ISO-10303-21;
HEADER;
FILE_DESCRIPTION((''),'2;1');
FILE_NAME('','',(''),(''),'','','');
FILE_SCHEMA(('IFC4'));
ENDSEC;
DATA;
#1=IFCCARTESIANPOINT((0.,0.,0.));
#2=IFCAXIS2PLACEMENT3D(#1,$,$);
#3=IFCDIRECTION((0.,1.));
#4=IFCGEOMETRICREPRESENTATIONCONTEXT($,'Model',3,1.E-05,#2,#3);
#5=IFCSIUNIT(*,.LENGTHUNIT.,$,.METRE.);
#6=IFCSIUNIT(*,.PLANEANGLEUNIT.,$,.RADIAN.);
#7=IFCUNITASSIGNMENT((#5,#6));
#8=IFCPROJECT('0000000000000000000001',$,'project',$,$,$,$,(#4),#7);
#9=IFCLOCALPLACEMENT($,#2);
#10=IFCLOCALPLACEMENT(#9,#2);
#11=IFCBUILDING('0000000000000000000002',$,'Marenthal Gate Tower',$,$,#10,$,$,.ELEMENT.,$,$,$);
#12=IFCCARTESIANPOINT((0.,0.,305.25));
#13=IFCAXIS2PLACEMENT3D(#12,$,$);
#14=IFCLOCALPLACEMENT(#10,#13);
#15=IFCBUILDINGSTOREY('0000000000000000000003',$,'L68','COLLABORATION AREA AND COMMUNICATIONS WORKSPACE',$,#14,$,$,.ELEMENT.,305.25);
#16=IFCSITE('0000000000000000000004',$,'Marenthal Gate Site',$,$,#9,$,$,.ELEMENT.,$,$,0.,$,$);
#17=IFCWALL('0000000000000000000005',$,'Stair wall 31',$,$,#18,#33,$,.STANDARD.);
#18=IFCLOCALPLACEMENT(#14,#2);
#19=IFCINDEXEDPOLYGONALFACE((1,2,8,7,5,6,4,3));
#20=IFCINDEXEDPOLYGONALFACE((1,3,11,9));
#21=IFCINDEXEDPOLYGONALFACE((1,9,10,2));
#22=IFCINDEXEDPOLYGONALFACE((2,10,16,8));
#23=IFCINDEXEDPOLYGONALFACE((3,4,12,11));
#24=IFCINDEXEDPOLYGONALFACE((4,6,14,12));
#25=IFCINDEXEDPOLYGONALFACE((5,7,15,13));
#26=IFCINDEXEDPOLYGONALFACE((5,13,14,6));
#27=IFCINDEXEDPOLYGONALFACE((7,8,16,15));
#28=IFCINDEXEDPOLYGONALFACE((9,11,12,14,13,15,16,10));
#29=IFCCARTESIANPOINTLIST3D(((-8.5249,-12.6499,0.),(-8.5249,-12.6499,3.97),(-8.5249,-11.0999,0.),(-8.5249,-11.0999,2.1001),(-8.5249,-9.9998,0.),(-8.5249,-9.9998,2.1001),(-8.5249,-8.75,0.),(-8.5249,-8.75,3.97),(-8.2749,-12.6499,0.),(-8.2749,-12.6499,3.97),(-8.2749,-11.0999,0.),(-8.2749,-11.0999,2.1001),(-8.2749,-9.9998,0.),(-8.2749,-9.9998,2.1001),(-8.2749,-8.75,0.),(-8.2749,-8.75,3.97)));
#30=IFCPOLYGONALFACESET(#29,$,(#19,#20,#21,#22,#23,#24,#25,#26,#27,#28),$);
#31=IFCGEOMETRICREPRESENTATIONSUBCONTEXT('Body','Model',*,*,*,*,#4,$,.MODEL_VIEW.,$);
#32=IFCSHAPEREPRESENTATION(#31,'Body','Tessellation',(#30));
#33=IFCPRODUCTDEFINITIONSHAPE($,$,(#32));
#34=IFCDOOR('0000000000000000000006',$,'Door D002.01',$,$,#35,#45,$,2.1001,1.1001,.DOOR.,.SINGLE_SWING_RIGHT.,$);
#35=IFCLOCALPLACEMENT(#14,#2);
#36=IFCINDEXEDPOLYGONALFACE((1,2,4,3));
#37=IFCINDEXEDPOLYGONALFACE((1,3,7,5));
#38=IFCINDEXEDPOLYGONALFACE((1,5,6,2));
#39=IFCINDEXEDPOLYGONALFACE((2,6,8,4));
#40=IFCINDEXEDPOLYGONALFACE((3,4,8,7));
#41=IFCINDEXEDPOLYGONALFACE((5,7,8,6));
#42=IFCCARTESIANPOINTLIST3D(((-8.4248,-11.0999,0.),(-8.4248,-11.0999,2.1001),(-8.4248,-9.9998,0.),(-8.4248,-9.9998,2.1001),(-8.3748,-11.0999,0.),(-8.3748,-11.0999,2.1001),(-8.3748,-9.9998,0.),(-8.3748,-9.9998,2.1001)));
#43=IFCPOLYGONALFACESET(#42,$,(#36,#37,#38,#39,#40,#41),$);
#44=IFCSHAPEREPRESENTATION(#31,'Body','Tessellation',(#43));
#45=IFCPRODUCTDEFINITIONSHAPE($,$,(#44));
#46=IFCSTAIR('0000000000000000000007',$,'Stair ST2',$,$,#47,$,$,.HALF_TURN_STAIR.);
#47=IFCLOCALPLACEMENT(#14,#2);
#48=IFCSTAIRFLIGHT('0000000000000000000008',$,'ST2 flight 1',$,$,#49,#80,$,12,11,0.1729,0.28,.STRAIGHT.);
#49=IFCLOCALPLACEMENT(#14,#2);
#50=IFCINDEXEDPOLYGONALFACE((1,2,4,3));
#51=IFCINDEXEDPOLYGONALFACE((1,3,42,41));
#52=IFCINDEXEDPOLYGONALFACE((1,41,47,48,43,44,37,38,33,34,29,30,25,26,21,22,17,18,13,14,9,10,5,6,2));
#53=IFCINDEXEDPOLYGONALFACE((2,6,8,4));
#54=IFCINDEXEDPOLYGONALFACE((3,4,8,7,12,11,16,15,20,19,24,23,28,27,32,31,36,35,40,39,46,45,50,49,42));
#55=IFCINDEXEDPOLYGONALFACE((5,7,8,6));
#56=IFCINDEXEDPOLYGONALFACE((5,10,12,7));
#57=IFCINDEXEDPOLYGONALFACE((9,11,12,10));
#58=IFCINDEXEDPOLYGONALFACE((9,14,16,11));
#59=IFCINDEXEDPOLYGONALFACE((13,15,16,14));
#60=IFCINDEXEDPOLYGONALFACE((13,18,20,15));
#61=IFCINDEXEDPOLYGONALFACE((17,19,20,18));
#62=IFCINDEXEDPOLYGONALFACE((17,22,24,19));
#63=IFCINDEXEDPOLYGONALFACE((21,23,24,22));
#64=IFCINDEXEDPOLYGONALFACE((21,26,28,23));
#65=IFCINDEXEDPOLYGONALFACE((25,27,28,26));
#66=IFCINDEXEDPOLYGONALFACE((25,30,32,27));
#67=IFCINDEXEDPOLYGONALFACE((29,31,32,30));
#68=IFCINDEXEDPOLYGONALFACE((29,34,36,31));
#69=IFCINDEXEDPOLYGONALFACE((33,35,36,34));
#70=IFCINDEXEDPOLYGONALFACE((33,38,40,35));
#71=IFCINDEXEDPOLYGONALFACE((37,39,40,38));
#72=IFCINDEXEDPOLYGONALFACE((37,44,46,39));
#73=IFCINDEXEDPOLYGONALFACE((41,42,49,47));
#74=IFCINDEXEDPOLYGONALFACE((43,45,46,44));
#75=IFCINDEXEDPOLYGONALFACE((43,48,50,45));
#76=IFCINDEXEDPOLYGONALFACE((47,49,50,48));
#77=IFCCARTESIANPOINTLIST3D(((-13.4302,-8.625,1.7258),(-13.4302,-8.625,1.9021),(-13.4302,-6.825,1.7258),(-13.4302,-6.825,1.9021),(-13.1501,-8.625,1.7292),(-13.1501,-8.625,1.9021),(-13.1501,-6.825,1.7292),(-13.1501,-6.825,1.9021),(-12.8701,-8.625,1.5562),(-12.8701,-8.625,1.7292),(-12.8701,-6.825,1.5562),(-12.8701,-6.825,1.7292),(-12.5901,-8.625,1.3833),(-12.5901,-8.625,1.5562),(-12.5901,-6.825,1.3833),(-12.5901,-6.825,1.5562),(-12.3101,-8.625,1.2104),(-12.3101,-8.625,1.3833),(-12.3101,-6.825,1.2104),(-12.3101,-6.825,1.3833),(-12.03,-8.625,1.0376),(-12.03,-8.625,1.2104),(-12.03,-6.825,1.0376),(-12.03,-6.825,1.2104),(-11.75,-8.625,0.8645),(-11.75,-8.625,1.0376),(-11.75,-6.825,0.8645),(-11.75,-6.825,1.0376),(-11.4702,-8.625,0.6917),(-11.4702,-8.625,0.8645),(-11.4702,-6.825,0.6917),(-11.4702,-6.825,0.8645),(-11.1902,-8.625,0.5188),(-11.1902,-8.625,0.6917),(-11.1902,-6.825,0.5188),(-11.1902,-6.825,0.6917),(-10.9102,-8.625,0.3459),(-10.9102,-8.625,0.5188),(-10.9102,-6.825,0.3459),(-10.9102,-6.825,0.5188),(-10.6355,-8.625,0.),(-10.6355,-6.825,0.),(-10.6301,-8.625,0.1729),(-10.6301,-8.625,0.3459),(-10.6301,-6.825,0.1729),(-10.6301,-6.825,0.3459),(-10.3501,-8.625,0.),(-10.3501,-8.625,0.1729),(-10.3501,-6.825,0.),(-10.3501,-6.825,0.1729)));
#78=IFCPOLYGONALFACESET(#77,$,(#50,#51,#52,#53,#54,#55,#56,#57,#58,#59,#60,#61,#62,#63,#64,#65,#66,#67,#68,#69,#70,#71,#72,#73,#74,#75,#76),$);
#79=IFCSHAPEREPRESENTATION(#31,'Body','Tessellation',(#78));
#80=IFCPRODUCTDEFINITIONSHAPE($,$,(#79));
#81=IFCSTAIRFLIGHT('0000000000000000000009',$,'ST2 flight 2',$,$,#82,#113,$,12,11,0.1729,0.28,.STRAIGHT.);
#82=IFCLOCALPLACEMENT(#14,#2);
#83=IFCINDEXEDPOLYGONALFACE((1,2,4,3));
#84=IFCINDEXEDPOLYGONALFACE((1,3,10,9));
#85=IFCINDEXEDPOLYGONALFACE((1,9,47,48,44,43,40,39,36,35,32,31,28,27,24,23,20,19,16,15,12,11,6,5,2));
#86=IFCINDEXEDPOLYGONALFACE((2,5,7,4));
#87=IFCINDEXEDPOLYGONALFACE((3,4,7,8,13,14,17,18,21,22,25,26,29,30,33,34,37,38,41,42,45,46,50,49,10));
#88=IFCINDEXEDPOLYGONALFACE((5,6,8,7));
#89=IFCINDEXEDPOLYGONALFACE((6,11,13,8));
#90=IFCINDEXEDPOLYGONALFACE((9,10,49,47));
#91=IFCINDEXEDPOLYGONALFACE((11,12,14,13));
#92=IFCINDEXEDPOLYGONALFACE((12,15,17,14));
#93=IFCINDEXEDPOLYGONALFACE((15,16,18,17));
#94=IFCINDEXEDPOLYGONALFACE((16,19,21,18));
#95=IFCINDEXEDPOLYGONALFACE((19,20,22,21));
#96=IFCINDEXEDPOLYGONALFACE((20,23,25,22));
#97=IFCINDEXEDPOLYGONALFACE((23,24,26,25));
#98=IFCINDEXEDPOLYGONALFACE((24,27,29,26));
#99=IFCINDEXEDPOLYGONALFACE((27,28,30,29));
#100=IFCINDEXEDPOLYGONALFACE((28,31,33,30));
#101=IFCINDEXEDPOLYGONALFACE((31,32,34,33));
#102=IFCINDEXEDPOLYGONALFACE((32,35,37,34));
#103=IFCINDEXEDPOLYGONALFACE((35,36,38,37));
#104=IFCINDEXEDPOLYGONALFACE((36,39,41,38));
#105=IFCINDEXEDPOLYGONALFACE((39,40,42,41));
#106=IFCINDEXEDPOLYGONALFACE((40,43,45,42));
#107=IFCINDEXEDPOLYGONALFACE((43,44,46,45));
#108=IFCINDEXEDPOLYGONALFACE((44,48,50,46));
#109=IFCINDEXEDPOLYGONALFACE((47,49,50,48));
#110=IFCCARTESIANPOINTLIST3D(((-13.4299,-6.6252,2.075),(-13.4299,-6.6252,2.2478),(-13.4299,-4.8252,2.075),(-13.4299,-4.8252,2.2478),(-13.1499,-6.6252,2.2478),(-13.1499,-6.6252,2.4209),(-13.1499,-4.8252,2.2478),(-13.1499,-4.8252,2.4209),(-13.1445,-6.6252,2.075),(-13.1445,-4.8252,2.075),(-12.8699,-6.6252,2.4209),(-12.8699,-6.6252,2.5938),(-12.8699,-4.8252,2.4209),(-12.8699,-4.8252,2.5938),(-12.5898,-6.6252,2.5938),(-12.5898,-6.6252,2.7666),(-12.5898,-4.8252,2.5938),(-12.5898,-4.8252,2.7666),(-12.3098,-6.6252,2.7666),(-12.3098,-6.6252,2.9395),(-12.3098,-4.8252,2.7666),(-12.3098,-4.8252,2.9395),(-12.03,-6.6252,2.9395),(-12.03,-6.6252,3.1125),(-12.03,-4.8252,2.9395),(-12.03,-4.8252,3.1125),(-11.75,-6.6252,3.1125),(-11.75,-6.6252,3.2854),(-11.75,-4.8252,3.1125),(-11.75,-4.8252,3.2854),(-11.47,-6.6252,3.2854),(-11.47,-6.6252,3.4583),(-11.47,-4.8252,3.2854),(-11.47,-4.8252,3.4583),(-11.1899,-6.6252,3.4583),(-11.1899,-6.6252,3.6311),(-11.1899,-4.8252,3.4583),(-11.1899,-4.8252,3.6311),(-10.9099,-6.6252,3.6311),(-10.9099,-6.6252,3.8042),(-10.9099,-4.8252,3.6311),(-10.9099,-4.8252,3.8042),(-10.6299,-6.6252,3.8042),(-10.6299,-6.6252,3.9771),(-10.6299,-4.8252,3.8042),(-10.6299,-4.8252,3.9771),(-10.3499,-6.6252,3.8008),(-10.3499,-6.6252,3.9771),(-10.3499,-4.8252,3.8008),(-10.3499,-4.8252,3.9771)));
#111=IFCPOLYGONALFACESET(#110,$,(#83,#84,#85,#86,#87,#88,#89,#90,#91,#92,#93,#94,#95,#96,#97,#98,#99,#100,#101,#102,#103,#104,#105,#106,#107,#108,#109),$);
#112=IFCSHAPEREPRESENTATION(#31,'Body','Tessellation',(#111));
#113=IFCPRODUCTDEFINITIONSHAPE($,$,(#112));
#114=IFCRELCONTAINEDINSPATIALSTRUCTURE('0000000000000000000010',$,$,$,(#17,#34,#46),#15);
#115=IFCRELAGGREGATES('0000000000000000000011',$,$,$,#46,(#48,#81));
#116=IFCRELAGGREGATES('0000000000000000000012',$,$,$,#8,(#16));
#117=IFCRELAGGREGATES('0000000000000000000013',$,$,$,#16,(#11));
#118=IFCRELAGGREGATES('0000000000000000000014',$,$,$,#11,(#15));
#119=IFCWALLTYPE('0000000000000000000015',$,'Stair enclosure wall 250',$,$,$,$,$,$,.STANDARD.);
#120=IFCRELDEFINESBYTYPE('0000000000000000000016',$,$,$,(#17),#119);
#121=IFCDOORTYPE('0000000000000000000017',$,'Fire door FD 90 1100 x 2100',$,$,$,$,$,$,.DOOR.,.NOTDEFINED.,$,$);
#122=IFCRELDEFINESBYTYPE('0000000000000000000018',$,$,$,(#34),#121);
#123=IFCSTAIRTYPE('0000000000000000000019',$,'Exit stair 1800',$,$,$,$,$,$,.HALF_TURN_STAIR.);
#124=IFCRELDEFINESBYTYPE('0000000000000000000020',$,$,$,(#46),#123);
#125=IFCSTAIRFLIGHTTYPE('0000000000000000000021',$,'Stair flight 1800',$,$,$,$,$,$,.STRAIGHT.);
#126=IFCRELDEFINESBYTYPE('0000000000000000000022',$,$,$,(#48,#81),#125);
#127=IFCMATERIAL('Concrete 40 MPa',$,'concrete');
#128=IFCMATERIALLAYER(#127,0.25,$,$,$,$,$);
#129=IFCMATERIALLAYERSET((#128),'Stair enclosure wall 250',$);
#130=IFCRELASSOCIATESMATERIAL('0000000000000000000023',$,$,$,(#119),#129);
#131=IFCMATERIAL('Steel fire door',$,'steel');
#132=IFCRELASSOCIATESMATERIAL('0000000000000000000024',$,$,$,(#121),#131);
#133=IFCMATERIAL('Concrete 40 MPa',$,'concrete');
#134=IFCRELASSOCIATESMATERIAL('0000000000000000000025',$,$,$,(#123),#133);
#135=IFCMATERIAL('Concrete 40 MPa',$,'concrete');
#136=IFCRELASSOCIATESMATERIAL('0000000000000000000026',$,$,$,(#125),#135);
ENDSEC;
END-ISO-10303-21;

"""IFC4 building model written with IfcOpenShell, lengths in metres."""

from ifc_helpers import new_model, si_unit, direction, frame, frame_2d, origin, place, context, subcontext, project, spatial, polyline, rectangle, outline, extrude, material, layer, layer_set, type_object, element, fill, aggregate, save


model = new_model("IFC4")

# Units and contexts
model_context = context("Model", 3, precision=1e-05, world=origin(), true_north=direction((0.0, 1.0)))
body_context = subcontext(model_context, "Body", "Model", "MODEL_VIEW")
ifc_project = project(units=[si_unit("LENGTHUNIT", "METRE"), si_unit("PLANEANGLEUNIT", "RADIAN")], contexts=[model_context])

# Site, building, storey
site_placement = place(None, origin())
site = spatial("IfcSite", under=ifc_project, at=site_placement, Name="Marenthal Gate Site", CompositionType="ELEMENT", RefElevation=0.0)
building_placement = place(site_placement, origin())
building = spatial("IfcBuilding", under=site, at=building_placement, Name="Marenthal Gate Tower", CompositionType="ELEMENT")
storey_placement = place(building_placement, frame((0.0, 0.0, 305.25)))
storey = spatial("IfcBuildingStorey", under=building, at=storey_placement, Name="L68", Description="COLLABORATION AREA AND COMMUNICATIONS WORKSPACE", CompositionType="ELEMENT", Elevation=305.25)

# Shared definitions
ifc_material_1 = material(Name="Concrete 40 MPa", Category="concrete")
ifc_layer_1 = layer(ifc_material_1, 0.25)
ifc_layer_set_1 = layer_set([ifc_layer_1], Name="Stair enclosure wall 250")
wall_type_1 = type_object("IfcWallType", Name="Stair enclosure wall 250", PredefinedType="STANDARD", material=ifc_layer_set_1)

# Wall, opening, door
wall_1_placement = place(storey_placement, frame((-8.3999, -12.6499, 0.0), z_axis=(0.0, 0.0, 1.0), x_axis=(0.0, 1.0, 0.0)))
wall_1 = element("IfcWall", 1, at=wall_1_placement, inside=storey, type_object=wall_type_1, Name="Stair wall 31", PredefinedType="STANDARD", context=body_context, shape_type="SweptSolid", body=[
    extrude(rectangle(XDim=3.8999, YDim=0.25, at=frame_2d((1.95, 0.0))), origin(), (0.0, 0.0, 1.0), 3.97),
])
opening_1_placement = place(wall_1_placement, frame((1.55, 0.0, 0.0)))
opening_1 = element("IfcOpeningElement", 2, at=opening_1_placement, cuts=wall_1, PredefinedType="OPENING", context=body_context, shape_type="SweptSolid", body=[
    extrude(rectangle(XDim=1.1001, YDim=2.1001, at=frame_2d((0.55, 1.05))), frame((0.0, 0.135, 0.0), z_axis=(0.0, -1.0, 0.0), x_axis=(1.0, 0.0, 0.0)), (0.0, 0.0, 1.0), 0.27),
])
ifc_material_2 = material(Name="Steel fire door", Category="steel")
door_type_1 = type_object("IfcDoorType", Name="Fire door FD 90 1100 x 2100", OperationType="NOTDEFINED", PredefinedType="DOOR", material=ifc_material_2)
door_1_placement = place(opening_1_placement, origin())
door_1 = element("IfcDoor", 3, at=door_1_placement, inside=storey, type_object=door_type_1, Name="Door D002.01", OperationType="SINGLE_SWING_RIGHT", OverallHeight=2.1001, OverallWidth=1.1001, PredefinedType="DOOR", context=body_context, shape_type="SweptSolid", body=[
    extrude(rectangle(XDim=1.1001, YDim=2.1001, at=frame_2d((0.55, 1.05))), frame((0.0, 0.0249, 0.0), z_axis=(0.0, -1.0, 0.0), x_axis=(1.0, 0.0, 0.0)), (0.0, 0.0, 1.0), 0.05),
])
fill(opening_1, door_1)

# Stair, stair flights
ifc_material_3 = material(Name="Concrete 40 MPa", Category="concrete")
stair_type = type_object("IfcStairType", Name="Exit stair 1800", PredefinedType="HALF_TURN_STAIR", material=ifc_material_3)
stair_placement = place(storey_placement, origin())
stair = element("IfcStair", 4, at=stair_placement, inside=storey, type_object=stair_type, Name="Stair ST2", PredefinedType="HALF_TURN_STAIR")
ifc_material_4 = material(Name="Concrete 40 MPa", Category="concrete")
stair_flight_type = type_object("IfcStairFlightType", Name="Stair flight 1800", PredefinedType="STRAIGHT", material=ifc_material_4)
stair_flight_1_placement = place(storey_placement, frame((-10.3501, -7.7251, 0.0), z_axis=(0.0, 0.0, 1.0), x_axis=(-1.0, 0.0, 0.0)))
stair_flight_1 = element("IfcStairFlight", 5, at=stair_flight_1_placement, type_object=stair_flight_type, Name="ST2 flight 1", NumberOfRisers=12, NumberOfTreads=11, PredefinedType="STRAIGHT", RiserHeight=0.1729, TreadLength=0.28, context=body_context, shape_type="SweptSolid", body=[
    extrude(outline(polyline([(0.0, 0.0), (0.0, 0.1729), (0.28, 0.1729), (0.28, 0.3459), (0.5601, 0.3459), (0.5601, 0.5188), (0.8401, 0.5188), (0.8401, 0.6917), (1.1201, 0.6917), (1.1201, 0.8645), (1.3999, 0.8645), (1.3999, 1.0376), (1.6799, 1.0376), (1.6799, 1.2104), (1.96, 1.2104), (1.96, 1.3833), (2.24, 1.3833), (2.24, 1.5562), (2.52, 1.5562), (2.52, 1.7292), (2.8, 1.7292), (2.8, 1.9021), (3.0801, 1.9021), (3.0801, 2.075), (3.0801, 1.7258), (0.2854, 0.0), (0.0, 0.0)])), frame((0.0, 0.8999, 0.0), z_axis=(0.0, -1.0, 0.0), x_axis=(1.0, 0.0, 0.0)), (0.0, 0.0, 1.0), 1.8),
])
stair_flight_2_placement = place(storey_placement, frame((-13.4299, -5.7251, 2.075), z_axis=(0.0, 0.0, 1.0), x_axis=(1.0, 0.0, 0.0)))
stair_flight_2 = element("IfcStairFlight", 6, at=stair_flight_2_placement, type_object=stair_flight_type, Name="ST2 flight 2", NumberOfRisers=12, NumberOfTreads=11, PredefinedType="STRAIGHT", RiserHeight=0.1729, TreadLength=0.28, context=body_context, shape_type="SweptSolid", body=[
    extrude(outline(polyline([(0.0, 0.0), (0.0, 0.1729), (0.28, 0.1729), (0.28, 0.3459), (0.5601, 0.3459), (0.5601, 0.5188), (0.8401, 0.5188), (0.8401, 0.6917), (1.1201, 0.6917), (1.1201, 0.8645), (1.3999, 0.8645), (1.3999, 1.0376), (1.6799, 1.0376), (1.6799, 1.2104), (1.96, 1.2104), (1.96, 1.3833), (2.24, 1.3833), (2.24, 1.5562), (2.52, 1.5562), (2.52, 1.7292), (2.8, 1.7292), (2.8, 1.9021), (3.0801, 1.9021), (3.0801, 2.075), (3.0801, 1.7258), (0.2854, 0.0), (0.0, 0.0)])), frame((0.0, 0.8999, 0.0), z_axis=(0.0, -1.0, 0.0), x_axis=(1.0, 0.0, 0.0)), (0.0, 0.0, 1.0), 1.8),
])
aggregate(stair, [stair_flight_1, stair_flight_2])

save(model, "model.ifc")
